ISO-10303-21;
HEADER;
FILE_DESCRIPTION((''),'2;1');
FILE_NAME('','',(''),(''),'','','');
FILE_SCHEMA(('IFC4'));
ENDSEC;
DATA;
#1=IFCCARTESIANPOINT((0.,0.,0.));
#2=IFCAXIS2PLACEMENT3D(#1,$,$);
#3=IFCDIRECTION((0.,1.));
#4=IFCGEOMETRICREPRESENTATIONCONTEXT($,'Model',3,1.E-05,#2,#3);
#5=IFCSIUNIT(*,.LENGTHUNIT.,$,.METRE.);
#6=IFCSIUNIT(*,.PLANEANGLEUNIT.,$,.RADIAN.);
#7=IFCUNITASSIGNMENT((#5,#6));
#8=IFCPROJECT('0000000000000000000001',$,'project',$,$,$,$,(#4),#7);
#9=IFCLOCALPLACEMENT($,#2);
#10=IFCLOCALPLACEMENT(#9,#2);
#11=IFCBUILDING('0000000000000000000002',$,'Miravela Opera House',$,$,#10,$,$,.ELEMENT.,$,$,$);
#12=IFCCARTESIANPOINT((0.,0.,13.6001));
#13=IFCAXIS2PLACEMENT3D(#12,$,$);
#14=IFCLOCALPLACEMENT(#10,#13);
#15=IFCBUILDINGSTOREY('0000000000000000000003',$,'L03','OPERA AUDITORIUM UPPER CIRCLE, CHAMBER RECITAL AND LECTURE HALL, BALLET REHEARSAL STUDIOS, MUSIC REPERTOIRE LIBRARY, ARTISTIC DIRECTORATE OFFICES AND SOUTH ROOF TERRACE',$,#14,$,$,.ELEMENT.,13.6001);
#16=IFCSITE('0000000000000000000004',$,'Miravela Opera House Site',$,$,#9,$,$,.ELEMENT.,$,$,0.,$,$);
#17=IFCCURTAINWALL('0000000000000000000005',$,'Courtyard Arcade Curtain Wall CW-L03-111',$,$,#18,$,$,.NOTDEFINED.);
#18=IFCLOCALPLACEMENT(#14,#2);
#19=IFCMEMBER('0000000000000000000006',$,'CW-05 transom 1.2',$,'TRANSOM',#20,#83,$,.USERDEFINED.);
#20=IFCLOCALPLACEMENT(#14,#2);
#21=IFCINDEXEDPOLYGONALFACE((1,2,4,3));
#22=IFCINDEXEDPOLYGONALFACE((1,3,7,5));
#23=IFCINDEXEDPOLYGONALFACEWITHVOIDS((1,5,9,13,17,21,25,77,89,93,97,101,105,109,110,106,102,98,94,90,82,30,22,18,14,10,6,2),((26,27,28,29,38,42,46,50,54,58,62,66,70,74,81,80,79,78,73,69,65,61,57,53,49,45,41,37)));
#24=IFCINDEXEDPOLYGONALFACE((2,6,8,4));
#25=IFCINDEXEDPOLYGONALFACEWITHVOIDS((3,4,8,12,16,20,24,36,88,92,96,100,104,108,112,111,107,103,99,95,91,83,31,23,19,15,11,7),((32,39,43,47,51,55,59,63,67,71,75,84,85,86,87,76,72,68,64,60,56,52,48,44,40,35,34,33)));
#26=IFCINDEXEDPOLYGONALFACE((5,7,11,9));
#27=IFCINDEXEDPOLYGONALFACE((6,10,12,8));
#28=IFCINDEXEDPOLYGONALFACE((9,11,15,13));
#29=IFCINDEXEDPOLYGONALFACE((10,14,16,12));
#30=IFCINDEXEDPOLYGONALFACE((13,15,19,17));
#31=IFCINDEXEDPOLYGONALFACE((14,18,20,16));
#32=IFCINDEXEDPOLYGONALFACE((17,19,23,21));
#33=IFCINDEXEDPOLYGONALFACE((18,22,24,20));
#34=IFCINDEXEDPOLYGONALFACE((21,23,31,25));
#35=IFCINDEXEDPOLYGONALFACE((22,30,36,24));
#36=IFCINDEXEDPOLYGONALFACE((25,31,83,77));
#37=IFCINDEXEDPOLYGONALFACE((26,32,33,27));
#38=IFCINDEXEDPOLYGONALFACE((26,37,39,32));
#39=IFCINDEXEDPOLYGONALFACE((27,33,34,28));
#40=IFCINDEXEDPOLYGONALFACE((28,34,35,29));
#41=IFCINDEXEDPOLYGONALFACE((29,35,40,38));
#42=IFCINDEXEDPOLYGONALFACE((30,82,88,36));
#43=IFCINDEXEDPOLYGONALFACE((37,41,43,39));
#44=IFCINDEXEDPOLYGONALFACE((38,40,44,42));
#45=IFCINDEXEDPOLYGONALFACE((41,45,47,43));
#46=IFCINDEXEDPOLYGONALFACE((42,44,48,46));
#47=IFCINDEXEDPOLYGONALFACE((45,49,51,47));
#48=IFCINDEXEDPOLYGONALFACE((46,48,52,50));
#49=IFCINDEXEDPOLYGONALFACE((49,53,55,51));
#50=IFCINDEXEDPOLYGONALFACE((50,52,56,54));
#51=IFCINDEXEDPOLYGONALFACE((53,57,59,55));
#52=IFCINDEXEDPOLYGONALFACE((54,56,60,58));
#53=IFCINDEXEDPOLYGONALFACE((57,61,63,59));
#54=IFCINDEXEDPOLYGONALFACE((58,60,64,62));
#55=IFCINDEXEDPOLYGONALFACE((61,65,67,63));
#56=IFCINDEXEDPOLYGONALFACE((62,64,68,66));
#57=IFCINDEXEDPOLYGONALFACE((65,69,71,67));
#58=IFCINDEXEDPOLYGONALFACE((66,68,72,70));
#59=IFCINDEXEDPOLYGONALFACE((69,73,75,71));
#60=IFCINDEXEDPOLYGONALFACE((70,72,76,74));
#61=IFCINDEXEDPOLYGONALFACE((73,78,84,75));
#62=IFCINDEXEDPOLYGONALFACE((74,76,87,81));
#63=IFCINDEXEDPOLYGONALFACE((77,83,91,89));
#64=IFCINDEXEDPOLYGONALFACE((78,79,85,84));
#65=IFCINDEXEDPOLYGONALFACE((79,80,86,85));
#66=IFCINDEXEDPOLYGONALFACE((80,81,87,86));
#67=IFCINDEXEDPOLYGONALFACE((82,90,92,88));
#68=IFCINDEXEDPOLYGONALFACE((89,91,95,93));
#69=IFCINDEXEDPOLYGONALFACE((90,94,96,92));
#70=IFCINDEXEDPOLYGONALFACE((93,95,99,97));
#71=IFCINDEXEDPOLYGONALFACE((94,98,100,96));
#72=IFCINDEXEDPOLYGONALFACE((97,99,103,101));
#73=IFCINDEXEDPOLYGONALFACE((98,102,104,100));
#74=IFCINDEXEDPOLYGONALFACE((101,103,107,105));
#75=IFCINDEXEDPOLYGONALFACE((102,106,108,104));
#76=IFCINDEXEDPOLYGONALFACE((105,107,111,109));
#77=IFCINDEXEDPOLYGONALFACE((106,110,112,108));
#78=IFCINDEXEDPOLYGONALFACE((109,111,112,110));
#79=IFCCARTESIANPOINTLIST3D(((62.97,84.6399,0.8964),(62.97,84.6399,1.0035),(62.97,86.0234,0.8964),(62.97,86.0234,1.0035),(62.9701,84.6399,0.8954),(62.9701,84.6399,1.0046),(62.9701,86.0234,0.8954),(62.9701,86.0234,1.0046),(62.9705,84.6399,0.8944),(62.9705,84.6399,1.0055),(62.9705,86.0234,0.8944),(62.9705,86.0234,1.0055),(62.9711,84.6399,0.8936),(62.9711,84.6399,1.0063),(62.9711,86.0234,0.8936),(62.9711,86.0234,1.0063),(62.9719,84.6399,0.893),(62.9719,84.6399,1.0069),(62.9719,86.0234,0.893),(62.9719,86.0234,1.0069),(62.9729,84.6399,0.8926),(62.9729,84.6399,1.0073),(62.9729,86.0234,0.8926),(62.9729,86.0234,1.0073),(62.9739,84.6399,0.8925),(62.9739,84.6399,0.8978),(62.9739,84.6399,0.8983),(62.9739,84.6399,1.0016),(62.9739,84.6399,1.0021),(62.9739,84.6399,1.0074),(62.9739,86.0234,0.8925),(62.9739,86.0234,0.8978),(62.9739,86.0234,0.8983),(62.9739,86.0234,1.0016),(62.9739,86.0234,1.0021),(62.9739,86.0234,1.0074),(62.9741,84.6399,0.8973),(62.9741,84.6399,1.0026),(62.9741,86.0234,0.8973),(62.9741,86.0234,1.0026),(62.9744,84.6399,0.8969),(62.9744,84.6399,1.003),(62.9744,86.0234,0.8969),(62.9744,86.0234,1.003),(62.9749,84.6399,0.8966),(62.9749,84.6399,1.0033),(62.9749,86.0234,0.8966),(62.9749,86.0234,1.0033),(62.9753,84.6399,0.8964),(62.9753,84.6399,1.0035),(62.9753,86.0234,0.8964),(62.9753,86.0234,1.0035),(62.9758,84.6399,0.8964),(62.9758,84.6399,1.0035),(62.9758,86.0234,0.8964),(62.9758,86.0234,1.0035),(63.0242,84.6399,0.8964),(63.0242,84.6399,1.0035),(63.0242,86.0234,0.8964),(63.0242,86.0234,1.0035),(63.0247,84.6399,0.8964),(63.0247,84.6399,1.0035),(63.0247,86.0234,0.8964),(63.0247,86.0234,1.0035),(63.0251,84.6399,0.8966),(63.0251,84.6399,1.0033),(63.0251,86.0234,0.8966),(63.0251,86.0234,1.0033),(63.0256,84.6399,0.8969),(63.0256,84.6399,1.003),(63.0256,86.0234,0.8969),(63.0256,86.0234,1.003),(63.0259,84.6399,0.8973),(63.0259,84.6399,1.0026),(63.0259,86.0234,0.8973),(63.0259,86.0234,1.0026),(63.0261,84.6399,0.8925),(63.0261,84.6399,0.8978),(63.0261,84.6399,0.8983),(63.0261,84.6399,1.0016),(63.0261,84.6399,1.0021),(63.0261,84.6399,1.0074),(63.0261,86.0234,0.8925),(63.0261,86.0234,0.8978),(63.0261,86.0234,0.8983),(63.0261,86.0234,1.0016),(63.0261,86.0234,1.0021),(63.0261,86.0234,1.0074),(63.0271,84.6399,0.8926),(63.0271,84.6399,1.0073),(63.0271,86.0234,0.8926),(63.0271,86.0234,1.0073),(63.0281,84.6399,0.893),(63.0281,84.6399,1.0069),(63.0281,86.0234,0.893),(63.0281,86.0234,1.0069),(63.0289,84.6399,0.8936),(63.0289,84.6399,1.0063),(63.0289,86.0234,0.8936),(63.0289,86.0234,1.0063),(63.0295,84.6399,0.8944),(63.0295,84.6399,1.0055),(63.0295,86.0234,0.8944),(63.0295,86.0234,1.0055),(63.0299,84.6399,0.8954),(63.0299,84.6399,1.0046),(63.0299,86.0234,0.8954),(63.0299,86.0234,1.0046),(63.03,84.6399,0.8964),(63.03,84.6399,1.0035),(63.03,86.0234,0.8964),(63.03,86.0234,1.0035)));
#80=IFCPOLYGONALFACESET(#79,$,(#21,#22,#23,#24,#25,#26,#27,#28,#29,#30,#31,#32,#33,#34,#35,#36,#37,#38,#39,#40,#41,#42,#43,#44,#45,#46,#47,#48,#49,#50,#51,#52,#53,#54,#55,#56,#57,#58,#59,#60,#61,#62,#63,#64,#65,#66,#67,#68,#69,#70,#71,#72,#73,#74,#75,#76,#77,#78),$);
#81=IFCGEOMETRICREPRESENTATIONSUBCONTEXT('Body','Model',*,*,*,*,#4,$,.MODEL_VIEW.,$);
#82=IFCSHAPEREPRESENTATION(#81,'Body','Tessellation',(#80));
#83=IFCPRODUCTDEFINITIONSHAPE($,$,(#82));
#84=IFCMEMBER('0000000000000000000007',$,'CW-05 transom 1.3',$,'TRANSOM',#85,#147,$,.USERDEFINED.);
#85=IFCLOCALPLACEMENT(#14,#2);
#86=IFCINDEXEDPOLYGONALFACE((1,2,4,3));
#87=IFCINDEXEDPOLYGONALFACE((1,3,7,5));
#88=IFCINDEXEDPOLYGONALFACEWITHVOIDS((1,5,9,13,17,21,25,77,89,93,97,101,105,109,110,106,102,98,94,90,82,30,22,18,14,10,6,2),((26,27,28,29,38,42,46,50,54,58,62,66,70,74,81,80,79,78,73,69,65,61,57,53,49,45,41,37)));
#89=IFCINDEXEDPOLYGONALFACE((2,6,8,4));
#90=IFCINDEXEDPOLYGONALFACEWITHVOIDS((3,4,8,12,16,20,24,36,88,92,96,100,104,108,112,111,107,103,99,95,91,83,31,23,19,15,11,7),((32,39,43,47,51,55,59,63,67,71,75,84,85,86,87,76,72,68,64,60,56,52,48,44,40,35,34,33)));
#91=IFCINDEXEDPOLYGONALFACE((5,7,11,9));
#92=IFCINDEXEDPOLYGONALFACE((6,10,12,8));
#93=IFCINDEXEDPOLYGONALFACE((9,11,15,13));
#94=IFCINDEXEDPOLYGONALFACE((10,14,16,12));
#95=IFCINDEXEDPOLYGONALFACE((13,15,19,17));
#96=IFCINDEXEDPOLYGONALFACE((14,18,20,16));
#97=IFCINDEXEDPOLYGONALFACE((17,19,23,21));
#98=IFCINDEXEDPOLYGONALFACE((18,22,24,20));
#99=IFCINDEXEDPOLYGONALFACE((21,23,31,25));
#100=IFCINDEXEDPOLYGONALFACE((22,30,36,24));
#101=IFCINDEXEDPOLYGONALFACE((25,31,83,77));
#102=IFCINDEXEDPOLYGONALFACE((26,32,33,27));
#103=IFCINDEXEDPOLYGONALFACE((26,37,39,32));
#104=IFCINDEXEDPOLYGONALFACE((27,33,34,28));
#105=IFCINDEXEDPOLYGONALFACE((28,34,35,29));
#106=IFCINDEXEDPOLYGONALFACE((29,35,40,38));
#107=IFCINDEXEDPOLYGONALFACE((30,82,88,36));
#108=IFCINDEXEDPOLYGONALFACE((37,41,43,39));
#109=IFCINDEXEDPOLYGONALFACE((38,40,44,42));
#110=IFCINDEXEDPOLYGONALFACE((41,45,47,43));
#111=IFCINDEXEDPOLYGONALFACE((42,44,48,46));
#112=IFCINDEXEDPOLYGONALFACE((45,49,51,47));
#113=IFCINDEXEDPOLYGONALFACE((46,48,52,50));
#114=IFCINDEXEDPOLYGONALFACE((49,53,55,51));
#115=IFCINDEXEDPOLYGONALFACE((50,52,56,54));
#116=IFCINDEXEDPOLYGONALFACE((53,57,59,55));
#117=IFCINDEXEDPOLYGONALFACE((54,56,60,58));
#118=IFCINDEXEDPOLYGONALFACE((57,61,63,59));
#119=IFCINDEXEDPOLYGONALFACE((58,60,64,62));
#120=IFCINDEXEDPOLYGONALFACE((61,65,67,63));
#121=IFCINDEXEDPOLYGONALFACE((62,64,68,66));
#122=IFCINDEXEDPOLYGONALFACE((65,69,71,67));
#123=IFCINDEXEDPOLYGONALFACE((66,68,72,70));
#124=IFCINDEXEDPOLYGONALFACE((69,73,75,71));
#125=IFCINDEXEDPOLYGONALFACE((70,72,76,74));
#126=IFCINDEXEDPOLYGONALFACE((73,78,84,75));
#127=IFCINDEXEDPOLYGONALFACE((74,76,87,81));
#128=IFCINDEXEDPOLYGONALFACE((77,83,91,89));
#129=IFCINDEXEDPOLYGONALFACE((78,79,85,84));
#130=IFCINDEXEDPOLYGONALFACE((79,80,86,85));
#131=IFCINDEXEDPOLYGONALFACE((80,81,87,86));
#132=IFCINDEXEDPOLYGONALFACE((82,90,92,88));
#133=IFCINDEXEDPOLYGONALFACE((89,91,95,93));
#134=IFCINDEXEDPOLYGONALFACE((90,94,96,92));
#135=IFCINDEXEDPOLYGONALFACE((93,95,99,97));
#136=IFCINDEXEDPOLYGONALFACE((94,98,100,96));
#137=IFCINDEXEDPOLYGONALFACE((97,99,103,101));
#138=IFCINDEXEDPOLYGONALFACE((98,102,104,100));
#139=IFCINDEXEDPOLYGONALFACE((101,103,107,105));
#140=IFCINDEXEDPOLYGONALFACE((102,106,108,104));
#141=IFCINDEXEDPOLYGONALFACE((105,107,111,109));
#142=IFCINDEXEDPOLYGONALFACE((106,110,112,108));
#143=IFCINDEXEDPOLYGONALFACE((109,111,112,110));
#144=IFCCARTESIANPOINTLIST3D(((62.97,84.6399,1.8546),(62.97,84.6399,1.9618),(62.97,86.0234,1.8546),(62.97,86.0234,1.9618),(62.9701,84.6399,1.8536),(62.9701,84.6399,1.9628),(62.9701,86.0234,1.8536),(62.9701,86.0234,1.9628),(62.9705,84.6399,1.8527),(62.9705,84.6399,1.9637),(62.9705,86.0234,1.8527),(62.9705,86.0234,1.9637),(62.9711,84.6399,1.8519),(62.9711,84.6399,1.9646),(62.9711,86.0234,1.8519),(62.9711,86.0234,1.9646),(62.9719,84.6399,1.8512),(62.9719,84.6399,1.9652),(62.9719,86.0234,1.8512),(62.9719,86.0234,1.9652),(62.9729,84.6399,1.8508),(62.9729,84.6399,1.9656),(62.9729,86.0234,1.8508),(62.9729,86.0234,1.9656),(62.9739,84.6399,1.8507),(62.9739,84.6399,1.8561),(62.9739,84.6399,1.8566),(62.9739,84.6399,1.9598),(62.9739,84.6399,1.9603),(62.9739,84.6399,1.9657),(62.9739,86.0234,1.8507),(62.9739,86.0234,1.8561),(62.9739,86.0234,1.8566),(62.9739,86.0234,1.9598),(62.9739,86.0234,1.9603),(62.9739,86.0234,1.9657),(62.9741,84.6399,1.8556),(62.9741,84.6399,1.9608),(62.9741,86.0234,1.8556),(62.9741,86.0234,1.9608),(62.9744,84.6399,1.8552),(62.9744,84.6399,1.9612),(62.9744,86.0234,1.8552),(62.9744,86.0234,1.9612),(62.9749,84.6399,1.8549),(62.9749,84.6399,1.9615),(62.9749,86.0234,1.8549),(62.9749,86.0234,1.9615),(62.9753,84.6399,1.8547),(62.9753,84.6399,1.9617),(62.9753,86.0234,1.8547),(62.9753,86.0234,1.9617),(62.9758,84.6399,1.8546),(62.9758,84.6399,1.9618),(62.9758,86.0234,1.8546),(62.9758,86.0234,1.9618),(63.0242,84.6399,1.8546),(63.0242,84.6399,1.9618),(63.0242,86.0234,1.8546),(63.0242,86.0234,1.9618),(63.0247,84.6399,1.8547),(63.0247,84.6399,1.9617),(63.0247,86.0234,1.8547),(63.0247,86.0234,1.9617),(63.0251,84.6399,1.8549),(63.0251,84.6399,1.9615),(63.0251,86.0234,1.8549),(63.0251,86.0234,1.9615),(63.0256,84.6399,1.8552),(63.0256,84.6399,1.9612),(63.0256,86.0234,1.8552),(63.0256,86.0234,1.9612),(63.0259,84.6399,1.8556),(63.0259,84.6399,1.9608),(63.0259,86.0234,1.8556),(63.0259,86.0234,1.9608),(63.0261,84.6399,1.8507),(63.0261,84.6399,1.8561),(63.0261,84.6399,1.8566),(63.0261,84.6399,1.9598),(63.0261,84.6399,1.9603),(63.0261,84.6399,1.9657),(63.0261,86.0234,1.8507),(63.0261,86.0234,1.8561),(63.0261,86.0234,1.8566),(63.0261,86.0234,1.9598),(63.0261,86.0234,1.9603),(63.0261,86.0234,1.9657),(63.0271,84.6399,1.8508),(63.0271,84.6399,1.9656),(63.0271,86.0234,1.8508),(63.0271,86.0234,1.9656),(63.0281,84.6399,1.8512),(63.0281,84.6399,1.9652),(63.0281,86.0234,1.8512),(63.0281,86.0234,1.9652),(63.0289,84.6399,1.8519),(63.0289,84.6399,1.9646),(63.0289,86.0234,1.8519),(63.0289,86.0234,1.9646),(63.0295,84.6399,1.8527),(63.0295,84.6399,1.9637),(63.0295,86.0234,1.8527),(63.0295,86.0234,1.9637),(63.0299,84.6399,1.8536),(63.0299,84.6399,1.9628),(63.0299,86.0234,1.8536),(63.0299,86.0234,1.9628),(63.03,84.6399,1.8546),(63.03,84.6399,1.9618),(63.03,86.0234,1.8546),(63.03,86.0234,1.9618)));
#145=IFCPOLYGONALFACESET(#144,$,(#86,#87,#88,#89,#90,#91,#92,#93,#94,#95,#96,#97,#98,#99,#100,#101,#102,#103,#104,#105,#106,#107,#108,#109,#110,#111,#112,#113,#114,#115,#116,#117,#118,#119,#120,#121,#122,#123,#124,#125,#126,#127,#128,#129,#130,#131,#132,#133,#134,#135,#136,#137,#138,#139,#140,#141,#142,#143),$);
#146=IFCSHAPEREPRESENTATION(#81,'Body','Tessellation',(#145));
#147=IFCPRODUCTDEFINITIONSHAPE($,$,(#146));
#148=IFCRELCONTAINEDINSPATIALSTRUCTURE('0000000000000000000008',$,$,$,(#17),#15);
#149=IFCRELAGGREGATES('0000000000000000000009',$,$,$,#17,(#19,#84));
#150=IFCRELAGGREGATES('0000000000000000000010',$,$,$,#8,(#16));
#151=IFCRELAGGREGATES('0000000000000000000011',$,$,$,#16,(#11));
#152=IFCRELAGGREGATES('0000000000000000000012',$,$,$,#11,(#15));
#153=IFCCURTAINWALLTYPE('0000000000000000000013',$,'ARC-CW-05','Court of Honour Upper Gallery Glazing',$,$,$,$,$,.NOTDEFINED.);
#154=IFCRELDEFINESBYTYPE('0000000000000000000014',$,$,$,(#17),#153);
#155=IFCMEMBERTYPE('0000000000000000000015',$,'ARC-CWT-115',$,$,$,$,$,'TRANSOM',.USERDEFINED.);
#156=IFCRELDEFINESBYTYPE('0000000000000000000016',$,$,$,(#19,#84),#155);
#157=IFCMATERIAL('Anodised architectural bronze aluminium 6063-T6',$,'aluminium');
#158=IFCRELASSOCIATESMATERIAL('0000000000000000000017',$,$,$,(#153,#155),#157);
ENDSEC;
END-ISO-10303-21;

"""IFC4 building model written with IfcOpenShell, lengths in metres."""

from ifc_helpers import new_model, si_unit, direction, frame, origin, origin_2d, place, context, subcontext, project, spatial, hollow_rectangle, extrude, material, material_profile, profile_set, type_object, element, aggregate, save


model = new_model("IFC4")

# Units and contexts
model_context = context("Model", 3, precision=1e-05, world=origin(), true_north=direction((0.0, 1.0)))
body_context = subcontext(model_context, "Body", "Model", "MODEL_VIEW")
ifc_project = project(units=[si_unit("LENGTHUNIT", "METRE"), si_unit("PLANEANGLEUNIT", "RADIAN")], contexts=[model_context])

# Site, building, storey
site_placement = place(None, origin())
site = spatial("IfcSite", under=ifc_project, at=site_placement, Name="Miravela Opera House Site", CompositionType="ELEMENT", RefElevation=0.0)
building_placement = place(site_placement, origin())
building = spatial("IfcBuilding", under=site, at=building_placement, Name="Miravela Opera House", CompositionType="ELEMENT")
storey_placement = place(building_placement, frame((0.0, 0.0, 13.6001)))
storey = spatial("IfcBuildingStorey", under=building, at=storey_placement, Name="L03", Description="OPERA AUDITORIUM UPPER CIRCLE, CHAMBER RECITAL AND LECTURE HALL, BALLET REHEARSAL STUDIOS, MUSIC REPERTOIRE LIBRARY, ARTISTIC DIRECTORATE OFFICES AND SOUTH ROOF TERRACE", CompositionType="ELEMENT", Elevation=13.6001)

# Shared definitions
ifc_material_1 = material(Name="Anodised architectural bronze aluminium 6063-T6", Category="aluminium")
curtain_wall_type = type_object("IfcCurtainWallType", Name="ARC-CW-05", Description="Court of Honour Upper Gallery Glazing", PredefinedType="NOTDEFINED", material=ifc_material_1)

# Curtain wall
curtain_wall_1_placement = place(storey_placement, origin())
curtain_wall_1 = element("IfcCurtainWall", 1, at=curtain_wall_1_placement, inside=storey, type_object=curtain_wall_type, Name="Courtyard Arcade Curtain Wall CW-L03-111", PredefinedType="NOTDEFINED")

# Members
ifc_material_profile_1 = material_profile(ifc_material_1, hollow_rectangle(XDim=0.0601, YDim=0.115, WallThickness=0.0039, InnerFilletRadius=0.002, OuterFilletRadius=0.0039, at=origin_2d()), Name="CWT-60X115")
ifc_profile_set_1 = profile_set([ifc_material_profile_1])
member_type_1 = type_object("IfcMemberType", Name="ARC-CWT-115", ElementType="TRANSOM", PredefinedType="USERDEFINED", material=ifc_profile_set_1)
member_1_placement = place(storey_placement, frame((63.0, 84.6399, 0.95), z_axis=(0.0, 1.0, 0.0), x_axis=(-1.0, 0.0, 0.0)))
member_1 = element("IfcMember", 2, at=member_1_placement, type_object=member_type_1, Name="CW-05 transom 1.2", ObjectType="TRANSOM", PredefinedType="USERDEFINED", context=body_context, shape_type="SweptSolid", body=[
    extrude(hollow_rectangle(XDim=0.0601, YDim=0.115, WallThickness=0.0039, InnerFilletRadius=0.002, OuterFilletRadius=0.0039, at=origin_2d()), origin(), (0.0, 0.0, 1.0), 1.3835),
])
member_2_placement = place(storey_placement, frame((63.0, 84.6399, 1.9082), z_axis=(0.0, 1.0, 0.0), x_axis=(-1.0, 0.0, 0.0)))
member_2 = element("IfcMember", 3, at=member_2_placement, type_object=member_type_1, Name="CW-05 transom 1.3", ObjectType="TRANSOM", PredefinedType="USERDEFINED", context=body_context, shape_type="SweptSolid", body=[
    extrude(hollow_rectangle(XDim=0.0601, YDim=0.115, WallThickness=0.0039, InnerFilletRadius=0.002, OuterFilletRadius=0.0039, at=origin_2d()), origin(), (0.0, 0.0, 1.0), 1.3835),
])

aggregate(curtain_wall_1, [member_1, member_2])

save(model, "model.ifc")
